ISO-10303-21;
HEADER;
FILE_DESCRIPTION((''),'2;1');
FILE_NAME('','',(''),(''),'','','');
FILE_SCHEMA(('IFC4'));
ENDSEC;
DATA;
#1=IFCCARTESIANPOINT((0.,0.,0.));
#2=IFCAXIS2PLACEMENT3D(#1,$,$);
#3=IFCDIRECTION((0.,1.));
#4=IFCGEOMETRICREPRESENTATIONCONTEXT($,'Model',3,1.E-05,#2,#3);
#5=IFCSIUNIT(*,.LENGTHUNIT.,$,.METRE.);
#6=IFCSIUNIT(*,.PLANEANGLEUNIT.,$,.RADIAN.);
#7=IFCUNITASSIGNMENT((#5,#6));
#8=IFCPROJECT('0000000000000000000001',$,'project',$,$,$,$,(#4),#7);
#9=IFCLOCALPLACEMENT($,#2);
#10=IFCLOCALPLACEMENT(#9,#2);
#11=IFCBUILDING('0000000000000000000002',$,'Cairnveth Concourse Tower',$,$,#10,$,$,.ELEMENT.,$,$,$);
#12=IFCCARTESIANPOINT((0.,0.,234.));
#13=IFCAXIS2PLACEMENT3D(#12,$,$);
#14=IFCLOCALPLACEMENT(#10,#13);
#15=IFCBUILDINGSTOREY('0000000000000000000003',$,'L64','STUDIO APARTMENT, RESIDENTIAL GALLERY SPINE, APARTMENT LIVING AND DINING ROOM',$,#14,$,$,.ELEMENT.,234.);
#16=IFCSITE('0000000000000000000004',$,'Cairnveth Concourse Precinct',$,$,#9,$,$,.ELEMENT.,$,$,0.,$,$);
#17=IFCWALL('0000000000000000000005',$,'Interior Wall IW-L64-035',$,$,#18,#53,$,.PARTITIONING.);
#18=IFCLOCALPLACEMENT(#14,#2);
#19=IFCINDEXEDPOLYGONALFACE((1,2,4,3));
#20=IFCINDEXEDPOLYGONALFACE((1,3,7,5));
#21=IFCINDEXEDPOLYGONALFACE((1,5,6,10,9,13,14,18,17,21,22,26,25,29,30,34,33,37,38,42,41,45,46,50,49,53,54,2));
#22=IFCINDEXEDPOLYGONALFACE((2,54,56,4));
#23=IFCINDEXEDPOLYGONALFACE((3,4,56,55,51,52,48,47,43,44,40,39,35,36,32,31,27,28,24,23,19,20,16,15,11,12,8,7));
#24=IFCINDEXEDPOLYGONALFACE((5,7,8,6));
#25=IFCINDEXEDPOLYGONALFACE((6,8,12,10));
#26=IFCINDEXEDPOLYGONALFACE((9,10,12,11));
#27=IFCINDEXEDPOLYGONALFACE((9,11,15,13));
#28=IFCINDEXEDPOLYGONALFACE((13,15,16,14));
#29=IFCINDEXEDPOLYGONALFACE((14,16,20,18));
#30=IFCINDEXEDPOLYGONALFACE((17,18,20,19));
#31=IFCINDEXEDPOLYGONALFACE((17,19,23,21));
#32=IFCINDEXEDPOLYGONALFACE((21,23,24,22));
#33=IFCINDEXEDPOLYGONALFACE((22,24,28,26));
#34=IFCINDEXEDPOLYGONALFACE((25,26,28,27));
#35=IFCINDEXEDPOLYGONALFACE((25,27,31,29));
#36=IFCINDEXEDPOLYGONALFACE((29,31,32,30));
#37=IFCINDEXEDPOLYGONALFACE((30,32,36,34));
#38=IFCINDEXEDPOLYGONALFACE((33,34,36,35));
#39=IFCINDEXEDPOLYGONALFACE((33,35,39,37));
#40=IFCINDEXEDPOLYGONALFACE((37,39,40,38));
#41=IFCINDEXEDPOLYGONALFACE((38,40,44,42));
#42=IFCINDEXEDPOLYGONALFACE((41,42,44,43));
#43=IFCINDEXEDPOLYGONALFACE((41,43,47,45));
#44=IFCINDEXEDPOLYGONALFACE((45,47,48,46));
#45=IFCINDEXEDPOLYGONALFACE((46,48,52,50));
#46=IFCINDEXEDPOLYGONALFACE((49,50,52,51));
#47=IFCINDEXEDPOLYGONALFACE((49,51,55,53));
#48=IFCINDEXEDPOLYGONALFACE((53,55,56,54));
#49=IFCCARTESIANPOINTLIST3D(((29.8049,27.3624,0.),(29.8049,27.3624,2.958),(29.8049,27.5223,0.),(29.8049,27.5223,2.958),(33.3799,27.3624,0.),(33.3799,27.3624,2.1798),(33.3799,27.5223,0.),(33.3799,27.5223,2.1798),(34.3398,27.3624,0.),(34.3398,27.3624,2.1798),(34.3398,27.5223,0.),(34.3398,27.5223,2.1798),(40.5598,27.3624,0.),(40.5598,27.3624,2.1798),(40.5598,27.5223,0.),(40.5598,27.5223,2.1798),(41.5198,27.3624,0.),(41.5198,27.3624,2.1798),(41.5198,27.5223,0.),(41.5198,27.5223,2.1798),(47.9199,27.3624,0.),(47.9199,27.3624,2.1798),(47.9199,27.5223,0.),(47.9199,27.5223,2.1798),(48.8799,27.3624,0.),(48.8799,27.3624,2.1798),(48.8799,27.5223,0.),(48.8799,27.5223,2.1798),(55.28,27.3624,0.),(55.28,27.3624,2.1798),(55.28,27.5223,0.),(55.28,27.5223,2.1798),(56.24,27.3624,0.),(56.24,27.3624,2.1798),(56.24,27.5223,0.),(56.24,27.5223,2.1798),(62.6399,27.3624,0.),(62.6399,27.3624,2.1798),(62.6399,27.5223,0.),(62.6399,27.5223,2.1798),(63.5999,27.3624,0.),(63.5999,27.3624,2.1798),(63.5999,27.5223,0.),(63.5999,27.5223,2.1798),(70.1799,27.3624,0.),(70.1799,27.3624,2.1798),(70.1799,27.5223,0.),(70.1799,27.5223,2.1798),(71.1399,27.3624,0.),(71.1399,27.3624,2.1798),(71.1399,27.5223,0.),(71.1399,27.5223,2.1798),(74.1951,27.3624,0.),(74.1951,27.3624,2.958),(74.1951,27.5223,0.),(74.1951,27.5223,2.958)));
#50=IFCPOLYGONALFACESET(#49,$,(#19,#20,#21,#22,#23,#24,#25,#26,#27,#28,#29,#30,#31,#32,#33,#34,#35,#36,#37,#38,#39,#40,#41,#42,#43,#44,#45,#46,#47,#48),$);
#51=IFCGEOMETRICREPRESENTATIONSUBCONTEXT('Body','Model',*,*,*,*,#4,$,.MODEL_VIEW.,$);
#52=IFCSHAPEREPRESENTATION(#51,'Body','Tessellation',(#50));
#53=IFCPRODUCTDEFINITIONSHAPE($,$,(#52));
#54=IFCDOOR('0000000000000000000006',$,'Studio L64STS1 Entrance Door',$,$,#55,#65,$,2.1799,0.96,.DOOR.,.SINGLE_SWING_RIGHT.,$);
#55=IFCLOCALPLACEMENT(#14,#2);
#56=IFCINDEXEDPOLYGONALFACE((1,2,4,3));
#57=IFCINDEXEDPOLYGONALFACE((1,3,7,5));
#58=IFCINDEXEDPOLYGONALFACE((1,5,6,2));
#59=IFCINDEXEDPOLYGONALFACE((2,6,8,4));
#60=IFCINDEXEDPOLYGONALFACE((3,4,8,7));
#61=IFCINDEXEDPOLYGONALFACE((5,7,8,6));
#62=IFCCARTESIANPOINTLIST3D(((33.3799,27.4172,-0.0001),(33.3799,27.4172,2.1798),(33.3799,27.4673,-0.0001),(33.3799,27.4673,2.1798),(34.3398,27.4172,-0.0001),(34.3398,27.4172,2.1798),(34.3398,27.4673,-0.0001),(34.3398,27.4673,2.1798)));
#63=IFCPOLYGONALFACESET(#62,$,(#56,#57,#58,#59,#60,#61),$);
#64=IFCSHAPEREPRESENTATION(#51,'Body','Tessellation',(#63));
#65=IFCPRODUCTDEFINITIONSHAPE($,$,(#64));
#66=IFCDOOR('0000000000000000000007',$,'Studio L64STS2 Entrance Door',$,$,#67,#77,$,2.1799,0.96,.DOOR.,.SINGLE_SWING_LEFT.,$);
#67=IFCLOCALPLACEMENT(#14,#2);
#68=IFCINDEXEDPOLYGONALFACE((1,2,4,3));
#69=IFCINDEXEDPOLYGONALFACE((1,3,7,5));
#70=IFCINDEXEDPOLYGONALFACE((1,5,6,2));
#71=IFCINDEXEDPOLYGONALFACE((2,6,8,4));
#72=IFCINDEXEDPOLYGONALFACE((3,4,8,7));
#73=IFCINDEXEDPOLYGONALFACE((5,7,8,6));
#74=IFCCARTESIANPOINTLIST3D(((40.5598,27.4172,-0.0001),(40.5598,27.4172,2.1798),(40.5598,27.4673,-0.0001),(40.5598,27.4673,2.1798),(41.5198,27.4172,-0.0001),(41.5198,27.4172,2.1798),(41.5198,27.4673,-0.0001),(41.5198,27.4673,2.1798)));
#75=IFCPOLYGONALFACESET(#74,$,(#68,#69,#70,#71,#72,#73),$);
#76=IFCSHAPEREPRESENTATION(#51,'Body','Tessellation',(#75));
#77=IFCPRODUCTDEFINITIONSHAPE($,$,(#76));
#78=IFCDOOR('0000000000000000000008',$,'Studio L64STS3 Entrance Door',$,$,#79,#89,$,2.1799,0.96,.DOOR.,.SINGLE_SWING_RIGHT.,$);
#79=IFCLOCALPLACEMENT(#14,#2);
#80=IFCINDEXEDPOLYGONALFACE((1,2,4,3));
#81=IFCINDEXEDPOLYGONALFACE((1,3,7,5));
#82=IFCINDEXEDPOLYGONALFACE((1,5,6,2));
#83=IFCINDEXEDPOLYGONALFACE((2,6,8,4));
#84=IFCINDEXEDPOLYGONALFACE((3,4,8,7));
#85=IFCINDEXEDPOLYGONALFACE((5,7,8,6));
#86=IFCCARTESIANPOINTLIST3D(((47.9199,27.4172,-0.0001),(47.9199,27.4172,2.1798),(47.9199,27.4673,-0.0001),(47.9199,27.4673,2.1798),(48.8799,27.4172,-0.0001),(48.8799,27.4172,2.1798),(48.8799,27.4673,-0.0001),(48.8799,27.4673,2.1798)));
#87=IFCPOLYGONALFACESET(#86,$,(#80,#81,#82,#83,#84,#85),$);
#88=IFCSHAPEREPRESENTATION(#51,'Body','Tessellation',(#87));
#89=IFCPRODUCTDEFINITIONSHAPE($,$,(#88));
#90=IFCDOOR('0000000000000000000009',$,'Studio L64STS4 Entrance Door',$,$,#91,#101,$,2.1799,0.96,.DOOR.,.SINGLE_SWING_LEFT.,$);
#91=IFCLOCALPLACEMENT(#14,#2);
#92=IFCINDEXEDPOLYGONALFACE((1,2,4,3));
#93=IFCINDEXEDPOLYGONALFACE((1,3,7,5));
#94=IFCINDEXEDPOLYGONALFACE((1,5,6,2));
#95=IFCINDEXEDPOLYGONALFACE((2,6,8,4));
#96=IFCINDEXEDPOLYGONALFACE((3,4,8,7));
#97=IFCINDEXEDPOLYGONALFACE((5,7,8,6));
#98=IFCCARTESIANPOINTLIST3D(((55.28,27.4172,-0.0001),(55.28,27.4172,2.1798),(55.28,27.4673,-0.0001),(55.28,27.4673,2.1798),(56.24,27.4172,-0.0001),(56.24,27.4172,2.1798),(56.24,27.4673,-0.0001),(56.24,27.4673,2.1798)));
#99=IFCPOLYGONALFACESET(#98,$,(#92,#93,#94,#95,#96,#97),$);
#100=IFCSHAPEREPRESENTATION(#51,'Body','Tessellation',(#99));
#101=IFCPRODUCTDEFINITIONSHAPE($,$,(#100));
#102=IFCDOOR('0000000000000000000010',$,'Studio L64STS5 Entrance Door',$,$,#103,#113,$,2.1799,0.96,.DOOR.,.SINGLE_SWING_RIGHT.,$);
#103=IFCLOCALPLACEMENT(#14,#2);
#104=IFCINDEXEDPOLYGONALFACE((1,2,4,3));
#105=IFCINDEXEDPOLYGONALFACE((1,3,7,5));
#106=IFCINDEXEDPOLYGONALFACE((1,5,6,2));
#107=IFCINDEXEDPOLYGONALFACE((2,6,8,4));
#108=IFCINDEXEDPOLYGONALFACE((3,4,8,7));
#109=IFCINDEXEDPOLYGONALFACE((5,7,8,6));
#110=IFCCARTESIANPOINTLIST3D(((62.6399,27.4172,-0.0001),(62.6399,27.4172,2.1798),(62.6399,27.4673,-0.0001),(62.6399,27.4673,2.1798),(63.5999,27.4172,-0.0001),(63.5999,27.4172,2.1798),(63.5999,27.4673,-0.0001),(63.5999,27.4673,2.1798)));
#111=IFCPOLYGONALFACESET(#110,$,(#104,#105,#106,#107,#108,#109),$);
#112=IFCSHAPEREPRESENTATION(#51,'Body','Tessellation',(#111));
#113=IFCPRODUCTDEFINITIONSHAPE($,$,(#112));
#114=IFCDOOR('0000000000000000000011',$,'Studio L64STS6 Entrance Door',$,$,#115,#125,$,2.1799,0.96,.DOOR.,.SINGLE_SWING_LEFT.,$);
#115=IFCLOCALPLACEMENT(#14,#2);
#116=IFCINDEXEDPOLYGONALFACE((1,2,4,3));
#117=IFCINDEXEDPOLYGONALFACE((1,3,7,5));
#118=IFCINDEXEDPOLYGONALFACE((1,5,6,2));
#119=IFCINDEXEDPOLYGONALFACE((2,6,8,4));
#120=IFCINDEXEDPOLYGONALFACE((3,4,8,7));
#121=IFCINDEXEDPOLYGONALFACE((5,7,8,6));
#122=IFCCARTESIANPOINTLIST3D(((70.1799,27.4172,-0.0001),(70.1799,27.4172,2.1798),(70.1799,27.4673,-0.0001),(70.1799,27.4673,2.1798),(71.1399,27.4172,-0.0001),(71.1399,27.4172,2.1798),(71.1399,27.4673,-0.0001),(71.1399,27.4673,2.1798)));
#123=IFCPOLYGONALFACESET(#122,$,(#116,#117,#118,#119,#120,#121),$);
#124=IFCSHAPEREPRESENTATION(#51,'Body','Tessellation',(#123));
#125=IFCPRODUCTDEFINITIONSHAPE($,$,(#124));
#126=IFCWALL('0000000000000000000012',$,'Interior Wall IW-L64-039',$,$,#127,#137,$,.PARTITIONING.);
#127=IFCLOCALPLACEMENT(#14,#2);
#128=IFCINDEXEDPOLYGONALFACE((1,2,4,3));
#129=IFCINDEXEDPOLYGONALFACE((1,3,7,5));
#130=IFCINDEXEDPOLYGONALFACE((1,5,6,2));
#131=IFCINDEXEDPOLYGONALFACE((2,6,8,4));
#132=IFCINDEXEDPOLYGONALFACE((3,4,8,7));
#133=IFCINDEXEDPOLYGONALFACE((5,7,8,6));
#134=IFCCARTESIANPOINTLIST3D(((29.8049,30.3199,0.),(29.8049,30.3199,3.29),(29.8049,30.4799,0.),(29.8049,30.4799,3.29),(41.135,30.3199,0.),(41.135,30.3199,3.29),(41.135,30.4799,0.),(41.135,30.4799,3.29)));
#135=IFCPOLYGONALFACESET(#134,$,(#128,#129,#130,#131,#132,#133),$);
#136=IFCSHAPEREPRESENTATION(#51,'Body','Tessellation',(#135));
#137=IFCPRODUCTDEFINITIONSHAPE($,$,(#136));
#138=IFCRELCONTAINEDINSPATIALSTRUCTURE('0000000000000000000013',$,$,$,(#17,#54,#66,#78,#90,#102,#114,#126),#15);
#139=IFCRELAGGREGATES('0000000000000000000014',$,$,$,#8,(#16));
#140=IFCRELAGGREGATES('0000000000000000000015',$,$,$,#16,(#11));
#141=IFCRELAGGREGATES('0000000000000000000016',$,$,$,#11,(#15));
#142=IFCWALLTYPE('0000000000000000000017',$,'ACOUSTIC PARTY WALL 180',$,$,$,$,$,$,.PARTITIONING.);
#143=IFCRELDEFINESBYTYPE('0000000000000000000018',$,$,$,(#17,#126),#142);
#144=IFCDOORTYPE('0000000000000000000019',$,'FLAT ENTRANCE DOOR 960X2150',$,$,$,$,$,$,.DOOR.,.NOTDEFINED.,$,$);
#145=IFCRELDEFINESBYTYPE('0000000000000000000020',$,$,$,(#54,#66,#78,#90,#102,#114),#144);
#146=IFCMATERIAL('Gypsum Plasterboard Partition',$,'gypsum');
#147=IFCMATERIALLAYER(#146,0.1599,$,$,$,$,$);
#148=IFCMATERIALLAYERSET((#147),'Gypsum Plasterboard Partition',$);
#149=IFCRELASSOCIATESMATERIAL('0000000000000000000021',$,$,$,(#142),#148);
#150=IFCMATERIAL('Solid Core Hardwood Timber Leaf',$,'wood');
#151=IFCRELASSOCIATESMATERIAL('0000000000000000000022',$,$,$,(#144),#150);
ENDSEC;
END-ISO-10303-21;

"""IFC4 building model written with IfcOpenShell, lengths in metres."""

from ifc_helpers import new_model, si_unit, direction, frame, frame_2d, origin, place, context, subcontext, project, spatial, rectangle, extrude, material, layer, layer_set, type_object, element, fill, save


model = new_model("IFC4")

# Units and contexts
model_context = context("Model", 3, precision=1e-05, world=origin(), true_north=direction((0.0, 1.0)))
body_context = subcontext(model_context, "Body", "Model", "MODEL_VIEW")
ifc_project = project(units=[si_unit("LENGTHUNIT", "METRE"), si_unit("PLANEANGLEUNIT", "RADIAN")], contexts=[model_context])

# Site, building, storey
site_placement = place(None, origin())
site = spatial("IfcSite", under=ifc_project, at=site_placement, Name="Cairnveth Concourse Precinct", CompositionType="ELEMENT", RefElevation=0.0)
building_placement = place(site_placement, origin())
building = spatial("IfcBuilding", under=site, at=building_placement, Name="Cairnveth Concourse Tower", CompositionType="ELEMENT")
storey_placement = place(building_placement, frame((0.0, 0.0, 234.0)))
storey = spatial("IfcBuildingStorey", under=building, at=storey_placement, Name="L64", Description="STUDIO APARTMENT, RESIDENTIAL GALLERY SPINE, APARTMENT LIVING AND DINING ROOM", CompositionType="ELEMENT", Elevation=234.0)

# Wall, openings, doors
ifc_material_1 = material(Name="Gypsum Plasterboard Partition", Category="gypsum")
ifc_layer_1 = layer(ifc_material_1, 0.1599)
ifc_layer_set_1 = layer_set([ifc_layer_1], Name="Gypsum Plasterboard Partition")
wall_type_1 = type_object("IfcWallType", Name="ACOUSTIC PARTY WALL 180", PredefinedType="PARTITIONING", material=ifc_layer_set_1)
wall_1_placement = place(storey_placement, frame((29.8049, 27.4424, 0.0), z_axis=(0.0, 0.0, 1.0), x_axis=(1.0, 0.0, 0.0)))
wall_1 = element("IfcWall", 1, at=wall_1_placement, inside=storey, type_object=wall_type_1, Name="Interior Wall IW-L64-035", PredefinedType="PARTITIONING", context=body_context, shape_type="SweptSolid", body=[
    extrude(rectangle(XDim=44.3901, YDim=0.1599, at=frame_2d((22.1951, 0.0))), origin(), (0.0, 0.0, 1.0), 2.958),
])
opening_1_placement = place(wall_1_placement, frame((3.575, 0.0, 0.0)))
opening_1 = element("IfcOpeningElement", 2, at=opening_1_placement, cuts=wall_1, PredefinedType="OPENING", context=body_context, shape_type="SweptSolid", body=[
    extrude(rectangle(XDim=0.96, YDim=2.1799, at=frame_2d((0.48, 1.0898))), frame((0.0, 0.0898, 0.0), z_axis=(0.0, -1.0, 0.0), x_axis=(1.0, 0.0, 0.0)), (0.0, 0.0, 1.0), 0.1799),
])
opening_2_placement = place(wall_1_placement, frame((10.7549, 0.0, 0.0)))
opening_2 = element("IfcOpeningElement", 3, at=opening_2_placement, cuts=wall_1, PredefinedType="OPENING", context=body_context, shape_type="SweptSolid", body=[
    extrude(rectangle(XDim=0.96, YDim=2.1799, at=frame_2d((0.48, 1.0898))), frame((0.0, 0.0898, 0.0), z_axis=(0.0, -1.0, 0.0), x_axis=(1.0, 0.0, 0.0)), (0.0, 0.0, 1.0), 0.1799),
])
opening_3_placement = place(wall_1_placement, frame((18.115, 0.0, 0.0)))
opening_3 = element("IfcOpeningElement", 4, at=opening_3_placement, cuts=wall_1, PredefinedType="OPENING", context=body_context, shape_type="SweptSolid", body=[
    extrude(rectangle(XDim=0.96, YDim=2.1799, at=frame_2d((0.48, 1.0898))), frame((0.0, 0.0898, 0.0), z_axis=(0.0, -1.0, 0.0), x_axis=(1.0, 0.0, 0.0)), (0.0, 0.0, 1.0), 0.1799),
])
opening_4_placement = place(wall_1_placement, frame((25.4751, 0.0, 0.0)))
opening_4 = element("IfcOpeningElement", 5, at=opening_4_placement, cuts=wall_1, PredefinedType="OPENING", context=body_context, shape_type="SweptSolid", body=[
    extrude(rectangle(XDim=0.96, YDim=2.1799, at=frame_2d((0.48, 1.0898))), frame((0.0, 0.0898, 0.0), z_axis=(0.0, -1.0, 0.0), x_axis=(1.0, 0.0, 0.0)), (0.0, 0.0, 1.0), 0.1799),
])
opening_5_placement = place(wall_1_placement, frame((32.835, 0.0, 0.0)))
opening_5 = element("IfcOpeningElement", 6, at=opening_5_placement, cuts=wall_1, PredefinedType="OPENING", context=body_context, shape_type="SweptSolid", body=[
    extrude(rectangle(XDim=0.96, YDim=2.1799, at=frame_2d((0.48, 1.0898))), frame((0.0, 0.0898, 0.0), z_axis=(0.0, -1.0, 0.0), x_axis=(1.0, 0.0, 0.0)), (0.0, 0.0, 1.0), 0.1799),
])
opening_6_placement = place(wall_1_placement, frame((40.375, 0.0, 0.0)))
opening_6 = element("IfcOpeningElement", 7, at=opening_6_placement, cuts=wall_1, PredefinedType="OPENING", context=body_context, shape_type="SweptSolid", body=[
    extrude(rectangle(XDim=0.96, YDim=2.1799, at=frame_2d((0.48, 1.0898))), frame((0.0, 0.0898, 0.0), z_axis=(0.0, -1.0, 0.0), x_axis=(1.0, 0.0, 0.0)), (0.0, 0.0, 1.0), 0.1799),
])
ifc_material_2 = material(Name="Solid Core Hardwood Timber Leaf", Category="wood")
door_type = type_object("IfcDoorType", Name="FLAT ENTRANCE DOOR 960X2150", OperationType="NOTDEFINED", PredefinedType="DOOR", material=ifc_material_2)
door_1_placement = place(opening_1_placement, origin())
door_1 = element("IfcDoor", 8, at=door_1_placement, inside=storey, type_object=door_type, Name="Studio L64STS1 Entrance Door", OperationType="SINGLE_SWING_RIGHT", OverallHeight=2.1799, OverallWidth=0.96, PredefinedType="DOOR", context=body_context, shape_type="SweptSolid", body=[
    extrude(rectangle(XDim=0.96, YDim=2.1799, at=frame_2d((0.48, 1.0898))), frame((0.0, 0.0249, 0.0), z_axis=(0.0, -1.0, 0.0), x_axis=(1.0, 0.0, 0.0)), (0.0, 0.0, 1.0), 0.05),
])
fill(opening_1, door_1)
door_2_placement = place(opening_2_placement, origin())
door_2 = element("IfcDoor", 9, at=door_2_placement, inside=storey, type_object=door_type, Name="Studio L64STS2 Entrance Door", OperationType="SINGLE_SWING_LEFT", OverallHeight=2.1799, OverallWidth=0.96, PredefinedType="DOOR", context=body_context, shape_type="SweptSolid", body=[
    extrude(rectangle(XDim=0.96, YDim=2.1799, at=frame_2d((0.48, 1.0898))), frame((0.0, 0.0249, 0.0), z_axis=(0.0, -1.0, 0.0), x_axis=(1.0, 0.0, 0.0)), (0.0, 0.0, 1.0), 0.05),
])
fill(opening_2, door_2)
door_3_placement = place(opening_3_placement, origin())
door_3 = element("IfcDoor", 10, at=door_3_placement, inside=storey, type_object=door_type, Name="Studio L64STS3 Entrance Door", OperationType="SINGLE_SWING_RIGHT", OverallHeight=2.1799, OverallWidth=0.96, PredefinedType="DOOR", context=body_context, shape_type="SweptSolid", body=[
    extrude(rectangle(XDim=0.96, YDim=2.1799, at=frame_2d((0.48, 1.0898))), frame((0.0, 0.0249, 0.0), z_axis=(0.0, -1.0, 0.0), x_axis=(1.0, 0.0, 0.0)), (0.0, 0.0, 1.0), 0.05),
])
fill(opening_3, door_3)
door_4_placement = place(opening_4_placement, origin())
door_4 = element("IfcDoor", 11, at=door_4_placement, inside=storey, type_object=door_type, Name="Studio L64STS4 Entrance Door", OperationType="SINGLE_SWING_LEFT", OverallHeight=2.1799, OverallWidth=0.96, PredefinedType="DOOR", context=body_context, shape_type="SweptSolid", body=[
    extrude(rectangle(XDim=0.96, YDim=2.1799, at=frame_2d((0.48, 1.0898))), frame((0.0, 0.0249, 0.0), z_axis=(0.0, -1.0, 0.0), x_axis=(1.0, 0.0, 0.0)), (0.0, 0.0, 1.0), 0.05),
])
fill(opening_4, door_4)
door_5_placement = place(opening_5_placement, origin())
door_5 = element("IfcDoor", 12, at=door_5_placement, inside=storey, type_object=door_type, Name="Studio L64STS5 Entrance Door", OperationType="SINGLE_SWING_RIGHT", OverallHeight=2.1799, OverallWidth=0.96, PredefinedType="DOOR", context=body_context, shape_type="SweptSolid", body=[
    extrude(rectangle(XDim=0.96, YDim=2.1799, at=frame_2d((0.48, 1.0898))), frame((0.0, 0.0249, 0.0), z_axis=(0.0, -1.0, 0.0), x_axis=(1.0, 0.0, 0.0)), (0.0, 0.0, 1.0), 0.05),
])
fill(opening_5, door_5)
door_6_placement = place(opening_6_placement, origin())
door_6 = element("IfcDoor", 13, at=door_6_placement, inside=storey, type_object=door_type, Name="Studio L64STS6 Entrance Door", OperationType="SINGLE_SWING_LEFT", OverallHeight=2.1799, OverallWidth=0.96, PredefinedType="DOOR", context=body_context, shape_type="SweptSolid", body=[
    extrude(rectangle(XDim=0.96, YDim=2.1799, at=frame_2d((0.48, 1.0898))), frame((0.0, 0.0249, 0.0), z_axis=(0.0, -1.0, 0.0), x_axis=(1.0, 0.0, 0.0)), (0.0, 0.0, 1.0), 0.05),
])
fill(opening_6, door_6)

# Wall
wall_2_placement = place(storey_placement, frame((29.8049, 30.3999, 0.0), z_axis=(0.0, 0.0, 1.0), x_axis=(1.0, 0.0, 0.0)))
element("IfcWall", 14, at=wall_2_placement, inside=storey, type_object=wall_type_1, Name="Interior Wall IW-L64-039", PredefinedType="PARTITIONING", context=body_context, shape_type="SweptSolid", body=[
    extrude(rectangle(XDim=11.3301, YDim=0.1599, at=frame_2d((5.665, 0.0))), origin(), (0.0, 0.0, 1.0), 3.29),
])

save(model, "model.ifc")
